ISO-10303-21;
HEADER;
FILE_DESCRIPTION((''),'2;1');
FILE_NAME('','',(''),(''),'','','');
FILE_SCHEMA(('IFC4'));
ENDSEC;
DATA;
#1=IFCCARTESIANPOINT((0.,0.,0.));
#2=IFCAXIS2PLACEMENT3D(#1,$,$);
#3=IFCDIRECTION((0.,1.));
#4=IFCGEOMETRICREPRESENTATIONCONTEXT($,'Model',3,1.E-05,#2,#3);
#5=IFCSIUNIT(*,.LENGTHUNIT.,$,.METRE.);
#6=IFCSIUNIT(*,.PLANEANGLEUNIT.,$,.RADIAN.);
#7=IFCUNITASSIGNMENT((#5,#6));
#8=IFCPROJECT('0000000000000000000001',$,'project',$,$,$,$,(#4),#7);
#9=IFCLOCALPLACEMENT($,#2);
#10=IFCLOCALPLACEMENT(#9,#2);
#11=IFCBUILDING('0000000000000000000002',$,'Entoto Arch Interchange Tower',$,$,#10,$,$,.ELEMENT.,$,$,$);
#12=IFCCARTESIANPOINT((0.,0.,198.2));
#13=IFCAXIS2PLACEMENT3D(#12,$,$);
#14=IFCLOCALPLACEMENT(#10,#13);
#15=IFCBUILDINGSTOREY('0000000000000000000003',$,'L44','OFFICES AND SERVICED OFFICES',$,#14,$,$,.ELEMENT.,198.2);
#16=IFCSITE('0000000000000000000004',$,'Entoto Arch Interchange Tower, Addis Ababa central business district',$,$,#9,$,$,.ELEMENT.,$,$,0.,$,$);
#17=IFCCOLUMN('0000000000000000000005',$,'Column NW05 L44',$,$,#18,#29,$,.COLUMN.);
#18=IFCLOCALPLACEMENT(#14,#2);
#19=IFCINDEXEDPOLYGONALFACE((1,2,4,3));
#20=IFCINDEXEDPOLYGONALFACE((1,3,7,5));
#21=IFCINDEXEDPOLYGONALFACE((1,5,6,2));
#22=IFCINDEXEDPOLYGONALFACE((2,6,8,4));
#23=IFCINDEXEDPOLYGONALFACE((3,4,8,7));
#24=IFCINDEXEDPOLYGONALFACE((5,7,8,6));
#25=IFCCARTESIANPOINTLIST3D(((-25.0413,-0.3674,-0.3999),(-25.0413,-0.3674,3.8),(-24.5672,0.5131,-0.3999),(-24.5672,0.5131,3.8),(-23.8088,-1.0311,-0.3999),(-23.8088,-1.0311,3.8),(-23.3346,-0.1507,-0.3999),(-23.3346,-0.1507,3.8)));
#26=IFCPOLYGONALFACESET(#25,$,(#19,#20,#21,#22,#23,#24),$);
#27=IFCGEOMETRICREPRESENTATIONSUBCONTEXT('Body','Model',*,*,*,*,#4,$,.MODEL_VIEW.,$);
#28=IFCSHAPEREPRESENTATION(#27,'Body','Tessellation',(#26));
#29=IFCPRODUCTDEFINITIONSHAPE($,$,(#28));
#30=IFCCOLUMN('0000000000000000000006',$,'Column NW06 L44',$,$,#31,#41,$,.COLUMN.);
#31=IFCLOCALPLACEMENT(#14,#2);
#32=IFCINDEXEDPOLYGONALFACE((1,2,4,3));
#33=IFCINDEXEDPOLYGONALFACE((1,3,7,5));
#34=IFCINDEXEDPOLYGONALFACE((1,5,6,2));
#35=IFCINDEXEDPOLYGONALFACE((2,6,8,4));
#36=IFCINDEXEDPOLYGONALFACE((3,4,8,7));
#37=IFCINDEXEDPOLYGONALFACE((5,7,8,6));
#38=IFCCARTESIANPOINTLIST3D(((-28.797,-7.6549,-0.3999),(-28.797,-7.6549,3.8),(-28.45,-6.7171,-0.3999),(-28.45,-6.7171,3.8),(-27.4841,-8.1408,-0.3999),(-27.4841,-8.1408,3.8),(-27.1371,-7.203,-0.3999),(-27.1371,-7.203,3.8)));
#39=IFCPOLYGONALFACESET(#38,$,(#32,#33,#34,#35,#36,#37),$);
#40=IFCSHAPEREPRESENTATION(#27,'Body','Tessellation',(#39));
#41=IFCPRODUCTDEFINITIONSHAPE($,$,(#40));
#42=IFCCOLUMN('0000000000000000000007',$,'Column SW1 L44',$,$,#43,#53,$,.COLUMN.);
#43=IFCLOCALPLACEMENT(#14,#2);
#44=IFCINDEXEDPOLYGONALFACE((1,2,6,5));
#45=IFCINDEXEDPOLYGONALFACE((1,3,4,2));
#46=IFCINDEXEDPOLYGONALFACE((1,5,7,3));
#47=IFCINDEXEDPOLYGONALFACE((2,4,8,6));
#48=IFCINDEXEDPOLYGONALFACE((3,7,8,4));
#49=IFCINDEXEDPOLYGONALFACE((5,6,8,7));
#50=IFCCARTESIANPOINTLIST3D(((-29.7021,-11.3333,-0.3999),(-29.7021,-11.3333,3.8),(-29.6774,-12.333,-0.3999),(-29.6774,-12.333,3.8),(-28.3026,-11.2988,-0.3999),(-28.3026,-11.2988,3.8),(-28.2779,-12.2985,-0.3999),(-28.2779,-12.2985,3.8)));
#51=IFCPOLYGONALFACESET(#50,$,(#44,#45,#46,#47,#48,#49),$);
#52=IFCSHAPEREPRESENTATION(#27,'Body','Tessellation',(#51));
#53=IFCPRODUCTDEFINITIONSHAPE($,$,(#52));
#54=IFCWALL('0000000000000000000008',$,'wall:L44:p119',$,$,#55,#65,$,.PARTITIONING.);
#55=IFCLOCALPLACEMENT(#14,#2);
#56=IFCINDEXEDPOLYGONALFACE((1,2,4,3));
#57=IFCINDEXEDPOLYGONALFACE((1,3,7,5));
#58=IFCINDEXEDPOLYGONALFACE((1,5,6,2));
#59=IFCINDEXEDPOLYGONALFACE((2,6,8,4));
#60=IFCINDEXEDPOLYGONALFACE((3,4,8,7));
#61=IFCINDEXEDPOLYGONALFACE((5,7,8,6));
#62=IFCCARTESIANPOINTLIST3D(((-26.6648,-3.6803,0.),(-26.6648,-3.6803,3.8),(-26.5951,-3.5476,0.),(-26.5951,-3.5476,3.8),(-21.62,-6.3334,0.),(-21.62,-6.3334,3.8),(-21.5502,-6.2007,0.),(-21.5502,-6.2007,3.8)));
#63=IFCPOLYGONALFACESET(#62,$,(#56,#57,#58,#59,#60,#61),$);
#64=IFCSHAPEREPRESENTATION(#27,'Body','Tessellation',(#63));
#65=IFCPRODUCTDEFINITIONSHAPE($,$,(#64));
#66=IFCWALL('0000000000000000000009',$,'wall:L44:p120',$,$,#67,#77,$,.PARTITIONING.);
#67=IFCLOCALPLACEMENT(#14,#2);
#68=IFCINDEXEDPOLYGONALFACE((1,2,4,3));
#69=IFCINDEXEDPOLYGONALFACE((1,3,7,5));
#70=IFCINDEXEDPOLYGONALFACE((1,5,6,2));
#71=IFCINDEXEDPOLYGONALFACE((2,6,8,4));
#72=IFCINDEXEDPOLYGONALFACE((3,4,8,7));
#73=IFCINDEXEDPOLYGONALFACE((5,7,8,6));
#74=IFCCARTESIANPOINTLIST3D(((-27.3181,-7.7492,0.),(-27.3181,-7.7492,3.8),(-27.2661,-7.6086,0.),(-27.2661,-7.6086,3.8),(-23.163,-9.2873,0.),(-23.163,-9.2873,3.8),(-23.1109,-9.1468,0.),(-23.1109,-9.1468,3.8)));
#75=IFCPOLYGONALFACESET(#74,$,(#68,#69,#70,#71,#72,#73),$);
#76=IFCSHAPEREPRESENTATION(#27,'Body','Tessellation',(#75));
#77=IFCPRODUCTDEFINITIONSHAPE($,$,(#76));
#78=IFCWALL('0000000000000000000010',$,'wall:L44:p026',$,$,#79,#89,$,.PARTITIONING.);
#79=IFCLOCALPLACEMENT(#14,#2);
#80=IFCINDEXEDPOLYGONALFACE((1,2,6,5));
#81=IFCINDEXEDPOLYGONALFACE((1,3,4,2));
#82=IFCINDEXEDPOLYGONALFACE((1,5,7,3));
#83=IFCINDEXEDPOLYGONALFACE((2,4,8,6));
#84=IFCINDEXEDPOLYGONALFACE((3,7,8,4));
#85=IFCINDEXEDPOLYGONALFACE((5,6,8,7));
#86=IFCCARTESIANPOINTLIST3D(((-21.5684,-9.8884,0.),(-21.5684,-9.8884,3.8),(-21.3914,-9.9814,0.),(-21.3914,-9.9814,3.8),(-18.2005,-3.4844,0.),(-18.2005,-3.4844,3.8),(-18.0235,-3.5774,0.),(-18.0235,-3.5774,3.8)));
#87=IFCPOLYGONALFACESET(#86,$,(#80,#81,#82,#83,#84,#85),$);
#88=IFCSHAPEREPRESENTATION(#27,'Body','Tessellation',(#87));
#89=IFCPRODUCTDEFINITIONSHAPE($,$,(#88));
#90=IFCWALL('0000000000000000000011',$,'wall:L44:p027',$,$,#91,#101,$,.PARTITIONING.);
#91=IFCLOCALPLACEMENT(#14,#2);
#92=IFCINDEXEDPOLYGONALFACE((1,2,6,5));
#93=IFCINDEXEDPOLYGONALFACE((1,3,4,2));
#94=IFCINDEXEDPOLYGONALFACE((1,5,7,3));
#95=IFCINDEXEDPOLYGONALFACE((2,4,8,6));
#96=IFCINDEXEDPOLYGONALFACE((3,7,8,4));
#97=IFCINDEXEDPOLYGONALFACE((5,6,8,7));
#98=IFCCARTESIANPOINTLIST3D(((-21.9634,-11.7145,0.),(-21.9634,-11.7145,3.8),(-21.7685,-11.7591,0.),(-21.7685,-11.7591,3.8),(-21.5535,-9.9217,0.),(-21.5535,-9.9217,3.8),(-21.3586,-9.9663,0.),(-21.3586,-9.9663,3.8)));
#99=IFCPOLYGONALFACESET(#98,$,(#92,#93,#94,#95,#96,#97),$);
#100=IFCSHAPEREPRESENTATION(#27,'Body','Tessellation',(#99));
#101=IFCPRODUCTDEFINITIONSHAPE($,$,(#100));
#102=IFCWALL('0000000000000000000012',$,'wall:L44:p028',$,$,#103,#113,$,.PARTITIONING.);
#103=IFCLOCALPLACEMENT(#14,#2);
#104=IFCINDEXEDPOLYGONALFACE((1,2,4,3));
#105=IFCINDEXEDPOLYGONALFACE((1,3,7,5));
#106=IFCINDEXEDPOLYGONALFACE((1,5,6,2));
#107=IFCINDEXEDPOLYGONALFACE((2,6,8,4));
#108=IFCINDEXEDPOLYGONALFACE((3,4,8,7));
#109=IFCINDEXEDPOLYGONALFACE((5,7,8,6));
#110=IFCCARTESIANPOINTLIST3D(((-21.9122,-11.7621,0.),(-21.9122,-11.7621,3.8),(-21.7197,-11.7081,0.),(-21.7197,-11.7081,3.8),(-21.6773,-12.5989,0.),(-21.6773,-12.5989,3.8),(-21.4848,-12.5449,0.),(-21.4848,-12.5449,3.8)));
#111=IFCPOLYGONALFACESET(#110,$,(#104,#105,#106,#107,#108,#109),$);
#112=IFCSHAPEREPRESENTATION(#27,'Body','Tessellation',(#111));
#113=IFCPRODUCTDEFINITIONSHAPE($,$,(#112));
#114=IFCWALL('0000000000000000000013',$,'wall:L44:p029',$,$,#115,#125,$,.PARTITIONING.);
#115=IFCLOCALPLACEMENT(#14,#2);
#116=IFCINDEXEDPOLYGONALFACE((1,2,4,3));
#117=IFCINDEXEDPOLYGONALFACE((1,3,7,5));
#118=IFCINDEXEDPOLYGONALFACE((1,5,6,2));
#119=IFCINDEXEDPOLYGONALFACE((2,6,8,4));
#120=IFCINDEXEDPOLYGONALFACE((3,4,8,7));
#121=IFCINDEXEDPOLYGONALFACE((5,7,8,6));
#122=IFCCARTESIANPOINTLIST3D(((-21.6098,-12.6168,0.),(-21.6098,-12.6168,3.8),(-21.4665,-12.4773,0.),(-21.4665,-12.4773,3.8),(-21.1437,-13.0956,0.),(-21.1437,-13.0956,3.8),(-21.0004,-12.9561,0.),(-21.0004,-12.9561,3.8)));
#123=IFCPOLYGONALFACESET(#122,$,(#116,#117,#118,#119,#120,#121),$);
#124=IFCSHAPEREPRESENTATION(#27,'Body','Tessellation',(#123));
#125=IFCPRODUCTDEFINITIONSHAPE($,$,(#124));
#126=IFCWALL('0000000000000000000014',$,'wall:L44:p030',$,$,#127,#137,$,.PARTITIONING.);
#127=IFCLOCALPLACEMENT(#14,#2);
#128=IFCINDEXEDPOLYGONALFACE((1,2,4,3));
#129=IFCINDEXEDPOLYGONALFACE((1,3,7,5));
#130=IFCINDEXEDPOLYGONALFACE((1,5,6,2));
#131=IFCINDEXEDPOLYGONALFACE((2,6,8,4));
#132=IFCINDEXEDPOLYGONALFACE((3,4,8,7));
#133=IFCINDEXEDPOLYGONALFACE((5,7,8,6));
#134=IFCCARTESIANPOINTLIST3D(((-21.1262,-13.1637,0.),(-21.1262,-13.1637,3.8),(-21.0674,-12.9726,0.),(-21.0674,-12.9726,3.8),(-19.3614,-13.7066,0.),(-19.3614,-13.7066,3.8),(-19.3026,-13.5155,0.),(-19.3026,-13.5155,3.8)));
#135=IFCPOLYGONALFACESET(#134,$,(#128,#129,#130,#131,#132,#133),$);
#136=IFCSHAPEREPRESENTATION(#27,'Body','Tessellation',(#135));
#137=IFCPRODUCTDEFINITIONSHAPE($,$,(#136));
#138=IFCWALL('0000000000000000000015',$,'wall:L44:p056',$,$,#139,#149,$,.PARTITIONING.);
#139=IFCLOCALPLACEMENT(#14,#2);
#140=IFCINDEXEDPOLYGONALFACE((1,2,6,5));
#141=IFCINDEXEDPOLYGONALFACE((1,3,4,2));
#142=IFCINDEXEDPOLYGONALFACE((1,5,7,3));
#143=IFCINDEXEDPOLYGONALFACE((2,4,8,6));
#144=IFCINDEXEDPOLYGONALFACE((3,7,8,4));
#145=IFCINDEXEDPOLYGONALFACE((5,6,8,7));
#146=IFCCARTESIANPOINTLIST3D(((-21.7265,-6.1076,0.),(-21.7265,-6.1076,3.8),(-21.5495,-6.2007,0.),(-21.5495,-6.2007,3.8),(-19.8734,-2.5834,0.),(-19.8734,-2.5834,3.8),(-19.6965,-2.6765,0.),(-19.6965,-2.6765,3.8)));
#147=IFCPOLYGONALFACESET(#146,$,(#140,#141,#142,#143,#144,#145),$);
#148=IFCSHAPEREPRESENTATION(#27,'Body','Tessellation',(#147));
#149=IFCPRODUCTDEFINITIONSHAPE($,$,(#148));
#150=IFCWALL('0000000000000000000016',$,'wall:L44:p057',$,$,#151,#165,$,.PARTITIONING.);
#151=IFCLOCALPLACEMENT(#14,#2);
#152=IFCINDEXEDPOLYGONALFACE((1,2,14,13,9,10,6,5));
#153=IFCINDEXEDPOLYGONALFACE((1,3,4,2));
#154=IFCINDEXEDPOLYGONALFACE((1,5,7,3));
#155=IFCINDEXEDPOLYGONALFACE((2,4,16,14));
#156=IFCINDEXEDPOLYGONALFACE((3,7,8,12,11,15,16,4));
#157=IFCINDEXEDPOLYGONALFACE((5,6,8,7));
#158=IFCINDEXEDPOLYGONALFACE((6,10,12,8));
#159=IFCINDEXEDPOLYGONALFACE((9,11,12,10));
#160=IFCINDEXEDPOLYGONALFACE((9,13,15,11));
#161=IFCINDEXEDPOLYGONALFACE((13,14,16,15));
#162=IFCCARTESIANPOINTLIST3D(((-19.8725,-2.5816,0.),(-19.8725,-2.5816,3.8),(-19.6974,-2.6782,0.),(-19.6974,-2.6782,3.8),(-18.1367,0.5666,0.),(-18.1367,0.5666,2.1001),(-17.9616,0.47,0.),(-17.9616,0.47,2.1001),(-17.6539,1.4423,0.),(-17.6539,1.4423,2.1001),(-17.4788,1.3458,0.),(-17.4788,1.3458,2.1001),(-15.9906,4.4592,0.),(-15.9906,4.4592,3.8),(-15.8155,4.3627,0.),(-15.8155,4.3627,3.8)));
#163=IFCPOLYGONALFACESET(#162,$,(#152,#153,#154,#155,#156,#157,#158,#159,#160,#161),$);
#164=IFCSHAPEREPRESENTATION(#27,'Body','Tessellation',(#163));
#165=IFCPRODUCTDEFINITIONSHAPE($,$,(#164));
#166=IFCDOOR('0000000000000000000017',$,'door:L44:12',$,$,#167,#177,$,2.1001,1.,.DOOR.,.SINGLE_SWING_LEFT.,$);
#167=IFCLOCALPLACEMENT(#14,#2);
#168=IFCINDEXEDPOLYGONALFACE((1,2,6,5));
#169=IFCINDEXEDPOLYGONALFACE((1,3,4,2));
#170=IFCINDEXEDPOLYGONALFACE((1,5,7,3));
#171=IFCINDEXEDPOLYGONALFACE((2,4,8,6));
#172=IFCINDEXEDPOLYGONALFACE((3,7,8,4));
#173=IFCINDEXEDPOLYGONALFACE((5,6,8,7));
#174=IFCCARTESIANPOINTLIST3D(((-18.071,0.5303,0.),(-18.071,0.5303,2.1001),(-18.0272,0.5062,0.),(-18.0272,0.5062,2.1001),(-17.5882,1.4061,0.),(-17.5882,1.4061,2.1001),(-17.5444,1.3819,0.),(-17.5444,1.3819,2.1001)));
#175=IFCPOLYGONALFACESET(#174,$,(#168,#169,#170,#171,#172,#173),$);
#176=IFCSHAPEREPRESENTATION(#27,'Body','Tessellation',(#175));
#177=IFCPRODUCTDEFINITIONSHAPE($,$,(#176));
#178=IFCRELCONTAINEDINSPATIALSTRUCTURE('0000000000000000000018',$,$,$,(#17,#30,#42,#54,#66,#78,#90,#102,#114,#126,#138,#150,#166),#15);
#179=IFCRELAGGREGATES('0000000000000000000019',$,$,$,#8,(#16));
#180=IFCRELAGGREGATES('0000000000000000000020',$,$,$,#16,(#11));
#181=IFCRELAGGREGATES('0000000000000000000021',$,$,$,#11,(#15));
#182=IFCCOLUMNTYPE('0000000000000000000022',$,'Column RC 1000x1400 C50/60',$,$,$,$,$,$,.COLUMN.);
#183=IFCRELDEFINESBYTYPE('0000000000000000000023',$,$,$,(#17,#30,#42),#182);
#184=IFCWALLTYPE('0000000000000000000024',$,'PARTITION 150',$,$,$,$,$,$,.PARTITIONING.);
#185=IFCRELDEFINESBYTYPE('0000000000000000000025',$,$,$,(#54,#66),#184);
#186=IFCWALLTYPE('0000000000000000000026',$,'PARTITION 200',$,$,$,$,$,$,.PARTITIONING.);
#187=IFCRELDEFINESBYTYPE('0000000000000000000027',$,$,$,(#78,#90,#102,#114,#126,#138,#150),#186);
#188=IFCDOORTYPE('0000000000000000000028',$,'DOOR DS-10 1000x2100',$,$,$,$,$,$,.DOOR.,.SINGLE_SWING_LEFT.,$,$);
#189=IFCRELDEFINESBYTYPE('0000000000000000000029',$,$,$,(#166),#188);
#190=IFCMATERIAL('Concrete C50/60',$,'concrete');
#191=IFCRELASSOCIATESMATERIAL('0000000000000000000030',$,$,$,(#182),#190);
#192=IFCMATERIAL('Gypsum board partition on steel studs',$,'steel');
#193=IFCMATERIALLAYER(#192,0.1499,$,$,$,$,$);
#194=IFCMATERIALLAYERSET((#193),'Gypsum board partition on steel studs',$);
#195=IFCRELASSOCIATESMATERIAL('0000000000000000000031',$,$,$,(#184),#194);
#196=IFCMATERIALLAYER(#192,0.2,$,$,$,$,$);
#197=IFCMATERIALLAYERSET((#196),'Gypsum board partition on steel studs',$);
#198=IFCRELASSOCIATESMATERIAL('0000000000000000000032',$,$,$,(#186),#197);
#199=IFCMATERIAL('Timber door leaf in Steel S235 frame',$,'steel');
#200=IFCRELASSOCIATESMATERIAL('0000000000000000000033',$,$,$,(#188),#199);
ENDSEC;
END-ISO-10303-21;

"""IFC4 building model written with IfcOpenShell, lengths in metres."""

from ifc_helpers import new_model, si_unit, direction, frame, frame_2d, origin, origin_2d, place, context, subcontext, project, spatial, rectangle, extrude, material, layer, layer_set, material_profile, profile_set, type_object, element, fill, save


model = new_model("IFC4")

# Units and contexts
model_context = context("Model", 3, precision=1e-05, world=origin(), true_north=direction((0.0, 1.0)))
body_context = subcontext(model_context, "Body", "Model", "MODEL_VIEW")
ifc_project = project(units=[si_unit("LENGTHUNIT", "METRE"), si_unit("PLANEANGLEUNIT", "RADIAN")], contexts=[model_context])

# Site, building, storey
site_placement = place(None, origin())
site = spatial("IfcSite", under=ifc_project, at=site_placement, Name="Entoto Arch Interchange Tower, Addis Ababa central business district", CompositionType="ELEMENT", RefElevation=0.0)
building_placement = place(site_placement, origin())
building = spatial("IfcBuilding", under=site, at=building_placement, Name="Entoto Arch Interchange Tower", CompositionType="ELEMENT")
storey_placement = place(building_placement, frame((0.0, 0.0, 198.2)))
storey = spatial("IfcBuildingStorey", under=building, at=storey_placement, Name="L44", Description="OFFICES AND SERVICED OFFICES", CompositionType="ELEMENT", Elevation=198.2)

# Columns
ifc_material_1 = material(Name="Concrete C50/60", Category="concrete")
ifc_material_profile = material_profile(ifc_material_1, rectangle(XDim=1.0, YDim=1.3999, at=origin_2d()))
ifc_profile_set = profile_set([ifc_material_profile], Name="Concrete C50/60")
column_type = type_object("IfcColumnType", Name="Column RC 1000x1400 C50/60", PredefinedType="COLUMN", material=ifc_profile_set)
for number, where, z_axis, x_axis, name in (
    (1, (-24.188, -0.259, -0.3999), (0.0, 0.0, 1.0), (0.474134, 0.880453, 0.0), "Column NW05 L44"),
    (2, (-27.967, -7.429, -0.3999), (0.0, 0.0, 1.0), (0.347067, 0.93784, 0.0), "Column NW06 L44"),
    (3, (-28.99, -11.8159, -0.3999), (0.0, 0.0, 1.0), (-0.024676, 0.999695, 0.0), "Column SW1 L44"),
):
    element("IfcColumn", number, at=place(storey_placement, frame(where, z_axis=z_axis, x_axis=x_axis)), inside=storey, type_object=column_type, Name=name, PredefinedType="COLUMN", context=body_context, shape_type="SweptSolid", body=[
        extrude(rectangle(XDim=1.0, YDim=1.3999, at=origin_2d()), origin(), (0.0, 0.0, 1.0), 4.2),
    ])

# Walls
ifc_material_2 = material(Name="Gypsum board partition on steel studs", Category="steel")
ifc_layer_1 = layer(ifc_material_2, 0.1499)
ifc_layer_set_1 = layer_set([ifc_layer_1], Name="Gypsum board partition on steel studs")
wall_type_1 = type_object("IfcWallType", Name="PARTITION 150", PredefinedType="PARTITIONING", material=ifc_layer_set_1)
wall_1_placement = place(storey_placement, frame((-21.585, -6.2671, 0.0), z_axis=(0.0, 0.0, 1.0), x_axis=(-0.885073, 0.465452, 0.0)))
element("IfcWall", 4, at=wall_1_placement, inside=storey, type_object=wall_type_1, Name="wall:L44:p119", PredefinedType="PARTITIONING", context=body_context, shape_type="SweptSolid", body=[
    extrude(rectangle(XDim=5.7, YDim=0.1499, at=frame_2d((2.8501, 0.0))), origin(), (0.0, 0.0, 1.0), 3.8),
])
wall_2_placement = place(storey_placement, frame((-23.137, -9.217, 0.0), z_axis=(0.0, 0.0, 1.0), x_axis=(-0.937809, 0.347153, 0.0)))
element("IfcWall", 5, at=wall_2_placement, inside=storey, type_object=wall_type_1, Name="wall:L44:p120", PredefinedType="PARTITIONING", context=body_context, shape_type="SweptSolid", body=[
    extrude(rectangle(XDim=4.4307, YDim=0.1499, at=frame_2d((2.2153, 0.0))), origin(), (0.0, 0.0, 1.0), 3.8),
])
ifc_layer_2 = layer(ifc_material_2, 0.2)
ifc_layer_set_2 = layer_set([ifc_layer_2], Name="Gypsum board partition on steel studs")
wall_type_2 = type_object("IfcWallType", Name="PARTITION 200", PredefinedType="PARTITIONING", material=ifc_layer_set_2)
wall_3_placement = place(storey_placement, frame((-18.1121, -3.531, 0.0), z_axis=(0.0, 0.0, 1.0), x_axis=(-0.465461, -0.885068, 0.0)))
element("IfcWall", 6, at=wall_3_placement, inside=storey, type_object=wall_type_2, Name="wall:L44:p026", PredefinedType="PARTITIONING", context=body_context, shape_type="SweptSolid", body=[
    extrude(rectangle(XDim=7.2356, YDim=0.2, at=frame_2d((3.6177, 0.0))), origin(), (0.0, 0.0, 1.0), 3.8),
])
wall_4_placement = place(storey_placement, frame((-21.4561, -9.9441, 0.0), z_axis=(0.0, 0.0, 1.0), x_axis=(-0.222872, -0.974848, 0.0)))
element("IfcWall", 7, at=wall_4_placement, inside=storey, type_object=wall_type_2, Name="wall:L44:p027", PredefinedType="PARTITIONING", context=body_context, shape_type="SweptSolid", body=[
    extrude(rectangle(XDim=1.8391, YDim=0.2, at=frame_2d((0.9194, 0.0))), origin(), (0.0, 0.0, 1.0), 3.8),
])
wall_5_placement = place(storey_placement, frame((-21.8159, -11.7351, 0.0), z_axis=(0.0, 0.0, 1.0), x_axis=(0.270192, -0.962806, 0.0)))
element("IfcWall", 8, at=wall_5_placement, inside=storey, type_object=wall_type_2, Name="wall:L44:p028", PredefinedType="PARTITIONING", context=body_context, shape_type="SweptSolid", body=[
    extrude(rectangle(XDim=0.8691, YDim=0.2, at=frame_2d((0.4346, 0.0))), origin(), (0.0, 0.0, 1.0), 3.8),
])
wall_6_placement = place(storey_placement, frame((-21.5381, -12.5471, 0.0), z_axis=(0.0, 0.0, 1.0), x_axis=(0.697543, -0.716543, 0.0)))
element("IfcWall", 9, at=wall_6_placement, inside=storey, type_object=wall_type_2, Name="wall:L44:p029", PredefinedType="PARTITIONING", context=body_context, shape_type="SweptSolid", body=[
    extrude(rectangle(XDim=0.6682, YDim=0.2, at=frame_2d((0.334, 0.0))), origin(), (0.0, 0.0, 1.0), 3.8),
])
wall_7_placement = place(storey_placement, frame((-21.0969, -13.0681, 0.0), z_axis=(0.0, 0.0, 1.0), x_axis=(0.95579, -0.294049, 0.0)))
element("IfcWall", 10, at=wall_7_placement, inside=storey, type_object=wall_type_2, Name="wall:L44:p030", PredefinedType="PARTITIONING", context=body_context, shape_type="SweptSolid", body=[
    extrude(rectangle(XDim=1.8464, YDim=0.2, at=frame_2d((0.9233, 0.0))), origin(), (0.0, 0.0, 1.0), 3.8),
])
wall_8_placement = place(storey_placement, frame((-21.6379, -6.1541, 0.0), z_axis=(0.0, 0.0, 1.0), x_axis=(0.465393, 0.885104, 0.0)))
element("IfcWall", 11, at=wall_8_placement, inside=storey, type_object=wall_type_2, Name="wall:L44:p056", PredefinedType="PARTITIONING", context=body_context, shape_type="SweptSolid", body=[
    extrude(rectangle(XDim=3.9817, YDim=0.2, at=frame_2d((1.9907, 0.0))), origin(), (0.0, 0.0, 1.0), 3.8),
])

# Wall, opening, door
wall_9_placement = place(storey_placement, frame((-19.7849, -2.6299, 0.0), z_axis=(0.0, 0.0, 1.0), x_axis=(0.482817, 0.875721, 0.0)))
wall_9 = element("IfcWall", 12, at=wall_9_placement, inside=storey, type_object=wall_type_2, Name="wall:L44:p057", PredefinedType="PARTITIONING", context=body_context, shape_type="SweptSolid", body=[
    extrude(rectangle(XDim=8.04, YDim=0.2, at=frame_2d((4.02, 0.0))), origin(), (0.0, 0.0, 1.0), 3.8),
])
opening_1_placement = place(wall_9_placement, frame((3.595, 0.0, 0.0)))
opening_1 = element("IfcOpeningElement", 13, at=opening_1_placement, cuts=wall_9, PredefinedType="OPENING", context=body_context, shape_type="SweptSolid", body=[
    extrude(rectangle(XDim=1.0, YDim=2.1001, at=frame_2d((0.5, 1.05))), frame((0.0, 0.1099, 0.0), z_axis=(0.0, -1.0, 0.0), x_axis=(1.0, 0.0, 0.0)), (0.0, 0.0, 1.0), 0.22),
])
ifc_material_3 = material(Name="Timber door leaf in Steel S235 frame", Category="steel")
door_type = type_object("IfcDoorType", Name="DOOR DS-10 1000x2100", OperationType="SINGLE_SWING_LEFT", PredefinedType="DOOR", material=ifc_material_3)
door_1_placement = place(opening_1_placement, origin())
door_1 = element("IfcDoor", 14, at=door_1_placement, inside=storey, type_object=door_type, Name="door:L44:12", OperationType="SINGLE_SWING_LEFT", OverallHeight=2.1001, OverallWidth=1.0, PredefinedType="DOOR", context=body_context, shape_type="SweptSolid", body=[
    extrude(rectangle(XDim=1.0, YDim=2.1001, at=frame_2d((0.5, 1.05))), frame((0.0, 0.0249, 0.0), z_axis=(0.0, -1.0, 0.0), x_axis=(1.0, 0.0, 0.0)), (0.0, 0.0, 1.0), 0.05),
])
fill(opening_1, door_1)

save(model, "model.ifc")
